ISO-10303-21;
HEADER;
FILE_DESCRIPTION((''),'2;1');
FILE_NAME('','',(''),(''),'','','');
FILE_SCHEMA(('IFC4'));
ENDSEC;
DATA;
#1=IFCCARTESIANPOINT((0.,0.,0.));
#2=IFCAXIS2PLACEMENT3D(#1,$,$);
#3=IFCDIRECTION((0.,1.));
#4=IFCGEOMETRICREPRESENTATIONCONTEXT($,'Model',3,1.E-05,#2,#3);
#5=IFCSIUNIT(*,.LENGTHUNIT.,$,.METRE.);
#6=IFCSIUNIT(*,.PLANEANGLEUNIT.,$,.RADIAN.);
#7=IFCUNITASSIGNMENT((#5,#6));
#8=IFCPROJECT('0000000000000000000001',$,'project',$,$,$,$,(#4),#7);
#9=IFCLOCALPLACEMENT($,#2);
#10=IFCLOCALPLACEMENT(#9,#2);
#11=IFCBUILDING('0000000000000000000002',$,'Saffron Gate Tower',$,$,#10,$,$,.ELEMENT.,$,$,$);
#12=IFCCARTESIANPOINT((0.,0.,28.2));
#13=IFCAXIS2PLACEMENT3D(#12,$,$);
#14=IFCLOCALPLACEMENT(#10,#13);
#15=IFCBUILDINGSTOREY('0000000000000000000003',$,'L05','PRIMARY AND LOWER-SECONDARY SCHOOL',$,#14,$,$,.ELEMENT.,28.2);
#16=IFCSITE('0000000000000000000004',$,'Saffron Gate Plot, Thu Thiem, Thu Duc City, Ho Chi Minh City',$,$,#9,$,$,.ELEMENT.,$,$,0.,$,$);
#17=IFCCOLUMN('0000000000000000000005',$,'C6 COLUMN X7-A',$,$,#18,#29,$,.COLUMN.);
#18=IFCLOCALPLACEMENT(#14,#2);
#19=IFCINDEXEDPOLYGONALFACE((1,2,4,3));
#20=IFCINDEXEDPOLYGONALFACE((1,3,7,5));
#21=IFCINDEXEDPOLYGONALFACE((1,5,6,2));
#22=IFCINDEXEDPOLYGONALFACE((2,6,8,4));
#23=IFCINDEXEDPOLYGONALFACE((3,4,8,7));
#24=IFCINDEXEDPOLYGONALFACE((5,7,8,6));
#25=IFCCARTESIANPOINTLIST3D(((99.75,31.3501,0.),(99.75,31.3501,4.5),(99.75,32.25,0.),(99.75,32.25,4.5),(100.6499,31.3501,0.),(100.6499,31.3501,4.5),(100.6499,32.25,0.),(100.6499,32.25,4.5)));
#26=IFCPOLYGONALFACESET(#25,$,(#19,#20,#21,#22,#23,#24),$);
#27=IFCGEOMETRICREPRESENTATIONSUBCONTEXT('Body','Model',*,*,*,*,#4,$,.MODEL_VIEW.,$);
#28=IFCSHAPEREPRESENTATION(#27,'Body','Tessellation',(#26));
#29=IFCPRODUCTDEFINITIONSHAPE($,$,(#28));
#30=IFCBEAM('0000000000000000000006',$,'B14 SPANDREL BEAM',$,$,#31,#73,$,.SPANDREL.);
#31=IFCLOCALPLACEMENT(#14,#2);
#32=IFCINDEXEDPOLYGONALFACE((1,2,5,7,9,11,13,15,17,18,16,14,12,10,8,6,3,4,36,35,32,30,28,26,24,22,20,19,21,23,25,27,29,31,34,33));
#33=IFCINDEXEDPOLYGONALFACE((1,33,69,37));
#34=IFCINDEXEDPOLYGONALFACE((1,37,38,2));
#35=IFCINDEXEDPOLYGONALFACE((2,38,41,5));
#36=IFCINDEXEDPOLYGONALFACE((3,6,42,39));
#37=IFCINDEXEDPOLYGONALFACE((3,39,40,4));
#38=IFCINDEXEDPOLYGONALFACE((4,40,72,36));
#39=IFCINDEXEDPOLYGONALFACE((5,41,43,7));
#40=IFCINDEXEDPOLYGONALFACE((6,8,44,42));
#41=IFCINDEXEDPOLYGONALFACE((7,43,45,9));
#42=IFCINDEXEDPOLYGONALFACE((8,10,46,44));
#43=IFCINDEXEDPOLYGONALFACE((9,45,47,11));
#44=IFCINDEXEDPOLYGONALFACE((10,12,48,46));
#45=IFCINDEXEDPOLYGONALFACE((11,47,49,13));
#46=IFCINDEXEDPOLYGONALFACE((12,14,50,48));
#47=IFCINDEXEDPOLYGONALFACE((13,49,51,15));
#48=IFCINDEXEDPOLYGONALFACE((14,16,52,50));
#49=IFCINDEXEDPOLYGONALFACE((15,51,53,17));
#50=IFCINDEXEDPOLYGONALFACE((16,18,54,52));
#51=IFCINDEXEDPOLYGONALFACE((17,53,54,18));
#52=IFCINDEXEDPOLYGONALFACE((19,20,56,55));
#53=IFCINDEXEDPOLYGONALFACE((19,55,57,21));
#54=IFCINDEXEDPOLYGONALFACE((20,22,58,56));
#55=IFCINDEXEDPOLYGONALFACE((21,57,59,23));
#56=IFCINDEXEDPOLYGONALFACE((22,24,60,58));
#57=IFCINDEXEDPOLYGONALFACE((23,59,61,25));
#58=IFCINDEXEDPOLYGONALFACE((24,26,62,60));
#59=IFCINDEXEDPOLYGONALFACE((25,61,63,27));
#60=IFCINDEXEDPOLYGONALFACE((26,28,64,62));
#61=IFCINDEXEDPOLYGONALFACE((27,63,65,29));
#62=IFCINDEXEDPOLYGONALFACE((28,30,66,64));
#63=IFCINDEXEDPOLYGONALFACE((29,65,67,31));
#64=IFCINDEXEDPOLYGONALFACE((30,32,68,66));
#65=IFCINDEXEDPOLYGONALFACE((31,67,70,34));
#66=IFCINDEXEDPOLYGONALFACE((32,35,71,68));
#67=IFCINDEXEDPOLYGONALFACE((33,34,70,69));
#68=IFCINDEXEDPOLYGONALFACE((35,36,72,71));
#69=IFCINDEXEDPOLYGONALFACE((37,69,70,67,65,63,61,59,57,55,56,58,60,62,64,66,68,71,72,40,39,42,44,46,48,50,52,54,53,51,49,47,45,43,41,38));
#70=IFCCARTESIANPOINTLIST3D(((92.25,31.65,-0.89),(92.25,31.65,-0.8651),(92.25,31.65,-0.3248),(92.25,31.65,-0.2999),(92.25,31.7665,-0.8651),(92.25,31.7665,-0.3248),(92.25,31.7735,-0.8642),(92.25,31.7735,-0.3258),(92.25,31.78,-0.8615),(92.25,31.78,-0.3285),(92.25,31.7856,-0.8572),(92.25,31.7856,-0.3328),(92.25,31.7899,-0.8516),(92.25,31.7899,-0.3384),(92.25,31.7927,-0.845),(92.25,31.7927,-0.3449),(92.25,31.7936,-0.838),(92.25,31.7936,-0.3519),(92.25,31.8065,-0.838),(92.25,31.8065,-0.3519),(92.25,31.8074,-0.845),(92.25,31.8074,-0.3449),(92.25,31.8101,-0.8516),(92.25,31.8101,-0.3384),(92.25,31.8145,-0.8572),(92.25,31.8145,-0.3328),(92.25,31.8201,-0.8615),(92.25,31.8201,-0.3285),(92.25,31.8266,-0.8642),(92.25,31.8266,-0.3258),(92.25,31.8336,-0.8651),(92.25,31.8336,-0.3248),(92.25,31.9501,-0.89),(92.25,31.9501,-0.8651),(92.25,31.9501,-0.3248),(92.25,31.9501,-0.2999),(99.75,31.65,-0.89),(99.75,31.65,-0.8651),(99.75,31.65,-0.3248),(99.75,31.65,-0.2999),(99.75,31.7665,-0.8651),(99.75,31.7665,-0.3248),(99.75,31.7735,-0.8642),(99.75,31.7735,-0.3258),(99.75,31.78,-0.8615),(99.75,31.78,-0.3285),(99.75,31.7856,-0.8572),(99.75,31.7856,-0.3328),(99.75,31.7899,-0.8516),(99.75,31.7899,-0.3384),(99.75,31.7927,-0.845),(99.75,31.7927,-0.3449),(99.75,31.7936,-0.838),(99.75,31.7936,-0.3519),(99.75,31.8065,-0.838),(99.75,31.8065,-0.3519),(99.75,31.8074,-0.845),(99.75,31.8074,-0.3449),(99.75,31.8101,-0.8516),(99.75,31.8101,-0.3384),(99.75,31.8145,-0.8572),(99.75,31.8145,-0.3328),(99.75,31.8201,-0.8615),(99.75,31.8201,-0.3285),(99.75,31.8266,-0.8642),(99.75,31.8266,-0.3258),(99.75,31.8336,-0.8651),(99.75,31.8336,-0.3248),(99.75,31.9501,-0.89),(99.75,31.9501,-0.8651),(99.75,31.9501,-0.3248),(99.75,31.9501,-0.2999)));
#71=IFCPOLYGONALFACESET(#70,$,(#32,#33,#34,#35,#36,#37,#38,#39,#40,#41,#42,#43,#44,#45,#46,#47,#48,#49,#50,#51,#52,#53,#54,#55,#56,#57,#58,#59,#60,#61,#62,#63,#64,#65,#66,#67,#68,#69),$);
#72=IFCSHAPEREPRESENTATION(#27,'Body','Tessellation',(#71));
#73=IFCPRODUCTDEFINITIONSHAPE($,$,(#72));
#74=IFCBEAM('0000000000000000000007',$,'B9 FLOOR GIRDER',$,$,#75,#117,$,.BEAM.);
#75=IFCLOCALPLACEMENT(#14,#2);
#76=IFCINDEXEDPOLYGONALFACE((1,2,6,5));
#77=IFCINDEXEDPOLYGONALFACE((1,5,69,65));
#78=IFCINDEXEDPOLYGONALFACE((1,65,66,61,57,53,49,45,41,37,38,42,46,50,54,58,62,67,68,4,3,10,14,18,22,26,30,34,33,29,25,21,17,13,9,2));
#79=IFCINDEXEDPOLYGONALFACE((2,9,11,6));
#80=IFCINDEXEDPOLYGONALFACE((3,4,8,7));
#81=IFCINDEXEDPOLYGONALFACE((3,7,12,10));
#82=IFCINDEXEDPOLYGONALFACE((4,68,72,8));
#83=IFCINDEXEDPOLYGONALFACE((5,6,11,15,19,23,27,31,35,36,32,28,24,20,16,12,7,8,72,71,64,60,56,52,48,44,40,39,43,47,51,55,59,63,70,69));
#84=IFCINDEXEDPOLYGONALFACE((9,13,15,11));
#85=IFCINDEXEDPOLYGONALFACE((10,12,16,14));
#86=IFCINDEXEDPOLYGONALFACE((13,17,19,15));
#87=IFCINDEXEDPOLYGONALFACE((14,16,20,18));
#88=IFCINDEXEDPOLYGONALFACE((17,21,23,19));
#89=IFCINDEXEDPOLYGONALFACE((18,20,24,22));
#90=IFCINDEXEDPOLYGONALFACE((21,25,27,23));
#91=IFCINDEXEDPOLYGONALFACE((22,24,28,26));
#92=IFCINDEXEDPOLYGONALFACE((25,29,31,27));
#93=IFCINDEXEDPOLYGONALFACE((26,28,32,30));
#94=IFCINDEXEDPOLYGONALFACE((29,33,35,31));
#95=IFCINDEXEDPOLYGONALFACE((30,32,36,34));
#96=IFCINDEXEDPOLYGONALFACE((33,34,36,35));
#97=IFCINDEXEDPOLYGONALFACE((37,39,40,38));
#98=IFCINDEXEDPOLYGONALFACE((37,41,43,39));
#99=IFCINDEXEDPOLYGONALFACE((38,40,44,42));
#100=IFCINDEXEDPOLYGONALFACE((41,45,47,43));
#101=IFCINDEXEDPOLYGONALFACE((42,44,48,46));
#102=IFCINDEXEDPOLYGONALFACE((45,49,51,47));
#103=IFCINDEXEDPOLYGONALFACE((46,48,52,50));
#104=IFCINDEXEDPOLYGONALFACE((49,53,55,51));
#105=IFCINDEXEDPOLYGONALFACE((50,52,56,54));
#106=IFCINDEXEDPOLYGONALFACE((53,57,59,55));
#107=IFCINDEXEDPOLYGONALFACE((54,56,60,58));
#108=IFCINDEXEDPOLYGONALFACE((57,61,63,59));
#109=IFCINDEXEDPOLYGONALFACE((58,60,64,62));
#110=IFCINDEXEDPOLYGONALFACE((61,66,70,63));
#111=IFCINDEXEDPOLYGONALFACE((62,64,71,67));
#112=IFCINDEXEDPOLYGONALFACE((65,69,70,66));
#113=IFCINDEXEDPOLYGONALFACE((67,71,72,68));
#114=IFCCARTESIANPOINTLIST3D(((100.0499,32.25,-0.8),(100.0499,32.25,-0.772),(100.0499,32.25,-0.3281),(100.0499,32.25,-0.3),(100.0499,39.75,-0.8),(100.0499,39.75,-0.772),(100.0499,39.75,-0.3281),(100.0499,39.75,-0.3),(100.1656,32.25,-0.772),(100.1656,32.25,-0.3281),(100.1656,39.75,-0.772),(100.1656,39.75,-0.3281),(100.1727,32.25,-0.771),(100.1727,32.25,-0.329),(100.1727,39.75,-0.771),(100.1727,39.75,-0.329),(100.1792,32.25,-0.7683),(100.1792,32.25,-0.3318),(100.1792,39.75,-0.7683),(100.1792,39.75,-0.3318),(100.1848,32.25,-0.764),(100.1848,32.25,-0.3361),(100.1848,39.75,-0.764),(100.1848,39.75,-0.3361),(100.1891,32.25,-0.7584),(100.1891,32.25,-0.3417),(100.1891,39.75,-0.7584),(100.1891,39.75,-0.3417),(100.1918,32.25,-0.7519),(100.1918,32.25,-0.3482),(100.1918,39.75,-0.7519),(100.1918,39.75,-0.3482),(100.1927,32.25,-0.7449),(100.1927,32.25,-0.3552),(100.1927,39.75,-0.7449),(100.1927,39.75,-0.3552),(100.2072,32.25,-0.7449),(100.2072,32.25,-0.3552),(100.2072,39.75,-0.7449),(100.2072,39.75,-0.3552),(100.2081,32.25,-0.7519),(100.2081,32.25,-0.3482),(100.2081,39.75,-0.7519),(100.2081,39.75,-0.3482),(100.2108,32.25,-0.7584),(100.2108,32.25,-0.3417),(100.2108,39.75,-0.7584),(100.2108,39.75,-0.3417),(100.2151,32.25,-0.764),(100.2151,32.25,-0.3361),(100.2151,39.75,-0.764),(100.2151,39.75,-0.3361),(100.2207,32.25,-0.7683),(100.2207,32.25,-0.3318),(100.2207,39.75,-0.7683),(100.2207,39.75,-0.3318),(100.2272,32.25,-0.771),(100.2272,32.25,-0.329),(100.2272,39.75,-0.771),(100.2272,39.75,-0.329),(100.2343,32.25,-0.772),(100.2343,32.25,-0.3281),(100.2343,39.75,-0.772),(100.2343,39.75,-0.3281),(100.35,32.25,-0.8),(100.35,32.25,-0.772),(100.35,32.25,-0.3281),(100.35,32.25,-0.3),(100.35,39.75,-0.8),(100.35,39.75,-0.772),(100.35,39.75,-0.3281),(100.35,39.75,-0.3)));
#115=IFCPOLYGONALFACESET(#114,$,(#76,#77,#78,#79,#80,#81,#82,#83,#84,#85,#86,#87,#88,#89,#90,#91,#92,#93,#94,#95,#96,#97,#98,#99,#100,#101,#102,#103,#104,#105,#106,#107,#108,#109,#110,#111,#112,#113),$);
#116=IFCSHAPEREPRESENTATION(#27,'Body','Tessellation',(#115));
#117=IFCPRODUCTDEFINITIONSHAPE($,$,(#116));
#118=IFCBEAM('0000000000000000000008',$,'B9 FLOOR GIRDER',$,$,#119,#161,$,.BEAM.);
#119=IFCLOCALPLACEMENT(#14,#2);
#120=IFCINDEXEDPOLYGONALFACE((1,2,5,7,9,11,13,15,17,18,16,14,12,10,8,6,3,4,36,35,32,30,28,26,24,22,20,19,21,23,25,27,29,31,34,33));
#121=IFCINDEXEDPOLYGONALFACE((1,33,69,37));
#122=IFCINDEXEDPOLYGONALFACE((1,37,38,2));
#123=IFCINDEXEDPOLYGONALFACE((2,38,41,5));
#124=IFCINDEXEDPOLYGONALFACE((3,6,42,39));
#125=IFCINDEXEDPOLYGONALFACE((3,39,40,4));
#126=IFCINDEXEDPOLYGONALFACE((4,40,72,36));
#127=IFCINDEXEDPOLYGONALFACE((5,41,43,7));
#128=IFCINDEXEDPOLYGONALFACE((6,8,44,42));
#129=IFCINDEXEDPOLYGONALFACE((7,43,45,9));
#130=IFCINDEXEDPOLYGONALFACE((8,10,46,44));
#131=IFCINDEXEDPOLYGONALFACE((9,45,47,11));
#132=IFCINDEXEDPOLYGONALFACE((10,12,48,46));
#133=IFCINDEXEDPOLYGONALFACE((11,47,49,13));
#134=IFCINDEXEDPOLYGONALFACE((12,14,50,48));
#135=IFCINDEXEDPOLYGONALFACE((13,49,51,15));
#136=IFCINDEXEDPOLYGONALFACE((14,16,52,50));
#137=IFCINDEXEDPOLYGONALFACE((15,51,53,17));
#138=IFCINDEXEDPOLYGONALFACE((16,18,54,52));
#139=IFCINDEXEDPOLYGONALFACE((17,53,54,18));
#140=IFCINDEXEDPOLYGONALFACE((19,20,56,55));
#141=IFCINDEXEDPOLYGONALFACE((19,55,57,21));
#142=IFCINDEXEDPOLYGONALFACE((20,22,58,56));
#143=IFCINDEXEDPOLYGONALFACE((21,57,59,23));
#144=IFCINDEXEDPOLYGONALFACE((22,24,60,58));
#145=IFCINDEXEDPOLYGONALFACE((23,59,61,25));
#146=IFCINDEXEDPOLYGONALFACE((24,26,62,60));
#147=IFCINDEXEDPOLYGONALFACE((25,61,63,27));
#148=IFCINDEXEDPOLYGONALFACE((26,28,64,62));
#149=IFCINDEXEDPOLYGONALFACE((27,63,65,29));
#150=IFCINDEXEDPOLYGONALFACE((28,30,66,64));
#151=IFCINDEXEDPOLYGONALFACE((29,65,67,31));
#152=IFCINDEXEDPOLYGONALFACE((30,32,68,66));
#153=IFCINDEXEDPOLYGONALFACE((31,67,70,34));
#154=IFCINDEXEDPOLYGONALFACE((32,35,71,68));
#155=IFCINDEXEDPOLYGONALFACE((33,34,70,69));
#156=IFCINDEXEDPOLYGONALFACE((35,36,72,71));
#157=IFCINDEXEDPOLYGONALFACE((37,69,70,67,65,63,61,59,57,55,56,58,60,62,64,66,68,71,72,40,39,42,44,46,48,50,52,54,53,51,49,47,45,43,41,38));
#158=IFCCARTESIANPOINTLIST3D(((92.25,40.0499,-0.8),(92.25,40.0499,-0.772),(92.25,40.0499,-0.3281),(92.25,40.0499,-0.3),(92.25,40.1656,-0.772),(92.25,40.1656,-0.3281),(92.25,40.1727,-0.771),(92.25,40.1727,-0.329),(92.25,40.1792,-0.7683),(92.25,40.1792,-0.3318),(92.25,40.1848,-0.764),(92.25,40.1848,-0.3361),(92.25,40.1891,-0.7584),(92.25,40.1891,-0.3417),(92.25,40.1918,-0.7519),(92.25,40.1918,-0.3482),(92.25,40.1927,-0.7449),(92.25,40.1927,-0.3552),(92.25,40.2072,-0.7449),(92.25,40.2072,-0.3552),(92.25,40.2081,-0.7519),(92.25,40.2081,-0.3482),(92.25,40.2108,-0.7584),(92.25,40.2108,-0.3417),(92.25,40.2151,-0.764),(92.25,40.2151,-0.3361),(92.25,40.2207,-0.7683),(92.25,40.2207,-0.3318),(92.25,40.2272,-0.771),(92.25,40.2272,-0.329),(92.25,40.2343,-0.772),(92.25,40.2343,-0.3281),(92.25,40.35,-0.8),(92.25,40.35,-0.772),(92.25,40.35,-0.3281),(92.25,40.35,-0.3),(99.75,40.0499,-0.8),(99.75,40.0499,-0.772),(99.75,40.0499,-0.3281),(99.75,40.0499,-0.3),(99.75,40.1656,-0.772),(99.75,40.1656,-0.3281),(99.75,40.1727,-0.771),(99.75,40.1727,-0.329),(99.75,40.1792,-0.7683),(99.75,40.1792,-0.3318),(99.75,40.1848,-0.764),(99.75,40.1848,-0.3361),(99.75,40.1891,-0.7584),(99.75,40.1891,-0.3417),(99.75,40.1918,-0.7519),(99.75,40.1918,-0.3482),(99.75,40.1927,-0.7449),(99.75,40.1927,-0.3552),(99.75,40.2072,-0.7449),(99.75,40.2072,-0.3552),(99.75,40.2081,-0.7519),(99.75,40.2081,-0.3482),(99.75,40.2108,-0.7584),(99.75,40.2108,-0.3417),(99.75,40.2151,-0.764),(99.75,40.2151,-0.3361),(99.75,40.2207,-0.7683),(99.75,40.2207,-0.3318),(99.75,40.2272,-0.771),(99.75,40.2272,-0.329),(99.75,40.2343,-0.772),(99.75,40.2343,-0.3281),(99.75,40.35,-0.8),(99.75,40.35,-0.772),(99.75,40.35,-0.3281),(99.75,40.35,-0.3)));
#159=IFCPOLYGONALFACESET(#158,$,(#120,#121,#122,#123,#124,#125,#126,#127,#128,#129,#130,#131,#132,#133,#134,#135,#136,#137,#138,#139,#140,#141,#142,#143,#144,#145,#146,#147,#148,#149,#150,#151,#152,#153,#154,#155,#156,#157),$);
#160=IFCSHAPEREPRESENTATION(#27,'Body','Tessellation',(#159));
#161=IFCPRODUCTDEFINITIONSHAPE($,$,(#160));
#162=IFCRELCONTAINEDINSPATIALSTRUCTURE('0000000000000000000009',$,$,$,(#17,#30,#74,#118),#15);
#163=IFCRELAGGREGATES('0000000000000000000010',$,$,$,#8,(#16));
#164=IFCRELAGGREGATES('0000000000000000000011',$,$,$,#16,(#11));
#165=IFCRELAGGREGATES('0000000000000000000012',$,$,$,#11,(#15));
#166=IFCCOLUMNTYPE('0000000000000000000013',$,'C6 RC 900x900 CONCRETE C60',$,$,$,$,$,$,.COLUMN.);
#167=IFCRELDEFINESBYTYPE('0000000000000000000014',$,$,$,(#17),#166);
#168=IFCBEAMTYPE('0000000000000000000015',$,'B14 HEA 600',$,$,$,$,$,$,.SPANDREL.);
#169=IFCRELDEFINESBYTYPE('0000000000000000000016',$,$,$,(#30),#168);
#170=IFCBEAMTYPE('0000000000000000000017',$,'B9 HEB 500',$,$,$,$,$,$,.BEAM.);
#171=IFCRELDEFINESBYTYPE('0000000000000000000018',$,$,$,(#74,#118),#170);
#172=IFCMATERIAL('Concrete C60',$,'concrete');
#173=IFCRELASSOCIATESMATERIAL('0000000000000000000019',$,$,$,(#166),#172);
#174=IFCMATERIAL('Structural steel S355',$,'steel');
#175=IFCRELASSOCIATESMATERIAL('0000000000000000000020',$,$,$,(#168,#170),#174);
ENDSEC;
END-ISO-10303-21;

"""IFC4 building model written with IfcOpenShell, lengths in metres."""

from ifc_helpers import new_model, si_unit, direction, frame, origin, origin_2d, place, context, subcontext, project, spatial, rectangle, i_section, extrude, material, material_profile, profile_set, type_object, element, save


model = new_model("IFC4")

# Units and contexts
model_context = context("Model", 3, precision=1e-05, world=origin(), true_north=direction((0.0, 1.0)))
body_context = subcontext(model_context, "Body", "Model", "MODEL_VIEW")
ifc_project = project(units=[si_unit("LENGTHUNIT", "METRE"), si_unit("PLANEANGLEUNIT", "RADIAN")], contexts=[model_context])

# Site, building, storey
site_placement = place(None, origin())
site = spatial("IfcSite", under=ifc_project, at=site_placement, Name="Saffron Gate Plot, Thu Thiem, Thu Duc City, Ho Chi Minh City", CompositionType="ELEMENT", RefElevation=0.0)
building_placement = place(site_placement, origin())
building = spatial("IfcBuilding", under=site, at=building_placement, Name="Saffron Gate Tower", CompositionType="ELEMENT")
storey_placement = place(building_placement, frame((0.0, 0.0, 28.2)))
storey = spatial("IfcBuildingStorey", under=building, at=storey_placement, Name="L05", Description="PRIMARY AND LOWER-SECONDARY SCHOOL", CompositionType="ELEMENT", Elevation=28.2)

# Column
ifc_material_1 = material(Name="Concrete C60", Category="concrete")
ifc_material_profile_1 = material_profile(ifc_material_1, rectangle(XDim=0.8999, YDim=0.8999, at=origin_2d()))
ifc_profile_set_1 = profile_set([ifc_material_profile_1], Name="Concrete C60")
column_type = type_object("IfcColumnType", Name="C6 RC 900x900 CONCRETE C60", PredefinedType="COLUMN", material=ifc_profile_set_1)
column_placement = place(storey_placement, frame((100.2, 31.8, 0.0), z_axis=(0.0, 0.0, 1.0), x_axis=(1.0, 0.0, 0.0)))
element("IfcColumn", 1, at=column_placement, inside=storey, type_object=column_type, Name="C6 COLUMN X7-A", PredefinedType="COLUMN", context=body_context, shape_type="SweptSolid", body=[
    extrude(rectangle(XDim=0.8999, YDim=0.8999, at=origin_2d()), origin(), (0.0, 0.0, 1.0), 4.5),
])

# Beams
ifc_material_2 = material(Name="Structural steel S355", Category="steel")
ifc_material_profile_2 = material_profile(ifc_material_2, i_section(OverallWidth=0.3, OverallDepth=0.5901, WebThickness=0.0129, FlangeThickness=0.0249, FilletRadius=0.0271, at=origin_2d()))
ifc_profile_set_2 = profile_set([ifc_material_profile_2], Name="Structural steel S355")
beam_type_1 = type_object("IfcBeamType", Name="B14 HEA 600", PredefinedType="SPANDREL", material=ifc_profile_set_2)
beam_placement = place(storey_placement, frame((92.25, 31.8, -0.595), z_axis=(1.0, 0.0, 0.0), x_axis=(0.0, 1.0, 0.0)))
element("IfcBeam", 2, at=beam_placement, inside=storey, type_object=beam_type_1, Name="B14 SPANDREL BEAM", PredefinedType="SPANDREL", context=body_context, shape_type="SweptSolid", body=[
    extrude(i_section(OverallWidth=0.3, OverallDepth=0.5901, WebThickness=0.0129, FlangeThickness=0.0249, FilletRadius=0.0271, at=origin_2d()), origin(), (0.0, 0.0, 1.0), 7.5),
])
ifc_material_profile_3 = material_profile(ifc_material_2, i_section(OverallWidth=0.3, OverallDepth=0.5, WebThickness=0.0144, FlangeThickness=0.0281, FilletRadius=0.0271, at=origin_2d()))
ifc_profile_set_3 = profile_set([ifc_material_profile_3], Name="Structural steel S355")
beam_type_2 = type_object("IfcBeamType", Name="B9 HEB 500", PredefinedType="BEAM", material=ifc_profile_set_3)
for number, where, z_axis, x_axis, name in (
    (3, (100.2, 32.25, -0.55), (0.0, 1.0, 0.0), (-1.0, 0.0, 0.0), "B9 FLOOR GIRDER"),
    (4, (92.25, 40.2, -0.55), (1.0, 0.0, 0.0), (0.0, 1.0, 0.0), "B9 FLOOR GIRDER"),
):
    element("IfcBeam", number, at=place(storey_placement, frame(where, z_axis=z_axis, x_axis=x_axis)), inside=storey, type_object=beam_type_2, Name=name, PredefinedType="BEAM", context=body_context, shape_type="SweptSolid", body=[
        extrude(i_section(OverallWidth=0.3, OverallDepth=0.5, WebThickness=0.0144, FlangeThickness=0.0281, FilletRadius=0.0271, at=origin_2d()), origin(), (0.0, 0.0, 1.0), 7.5),
    ])

save(model, "model.ifc")
